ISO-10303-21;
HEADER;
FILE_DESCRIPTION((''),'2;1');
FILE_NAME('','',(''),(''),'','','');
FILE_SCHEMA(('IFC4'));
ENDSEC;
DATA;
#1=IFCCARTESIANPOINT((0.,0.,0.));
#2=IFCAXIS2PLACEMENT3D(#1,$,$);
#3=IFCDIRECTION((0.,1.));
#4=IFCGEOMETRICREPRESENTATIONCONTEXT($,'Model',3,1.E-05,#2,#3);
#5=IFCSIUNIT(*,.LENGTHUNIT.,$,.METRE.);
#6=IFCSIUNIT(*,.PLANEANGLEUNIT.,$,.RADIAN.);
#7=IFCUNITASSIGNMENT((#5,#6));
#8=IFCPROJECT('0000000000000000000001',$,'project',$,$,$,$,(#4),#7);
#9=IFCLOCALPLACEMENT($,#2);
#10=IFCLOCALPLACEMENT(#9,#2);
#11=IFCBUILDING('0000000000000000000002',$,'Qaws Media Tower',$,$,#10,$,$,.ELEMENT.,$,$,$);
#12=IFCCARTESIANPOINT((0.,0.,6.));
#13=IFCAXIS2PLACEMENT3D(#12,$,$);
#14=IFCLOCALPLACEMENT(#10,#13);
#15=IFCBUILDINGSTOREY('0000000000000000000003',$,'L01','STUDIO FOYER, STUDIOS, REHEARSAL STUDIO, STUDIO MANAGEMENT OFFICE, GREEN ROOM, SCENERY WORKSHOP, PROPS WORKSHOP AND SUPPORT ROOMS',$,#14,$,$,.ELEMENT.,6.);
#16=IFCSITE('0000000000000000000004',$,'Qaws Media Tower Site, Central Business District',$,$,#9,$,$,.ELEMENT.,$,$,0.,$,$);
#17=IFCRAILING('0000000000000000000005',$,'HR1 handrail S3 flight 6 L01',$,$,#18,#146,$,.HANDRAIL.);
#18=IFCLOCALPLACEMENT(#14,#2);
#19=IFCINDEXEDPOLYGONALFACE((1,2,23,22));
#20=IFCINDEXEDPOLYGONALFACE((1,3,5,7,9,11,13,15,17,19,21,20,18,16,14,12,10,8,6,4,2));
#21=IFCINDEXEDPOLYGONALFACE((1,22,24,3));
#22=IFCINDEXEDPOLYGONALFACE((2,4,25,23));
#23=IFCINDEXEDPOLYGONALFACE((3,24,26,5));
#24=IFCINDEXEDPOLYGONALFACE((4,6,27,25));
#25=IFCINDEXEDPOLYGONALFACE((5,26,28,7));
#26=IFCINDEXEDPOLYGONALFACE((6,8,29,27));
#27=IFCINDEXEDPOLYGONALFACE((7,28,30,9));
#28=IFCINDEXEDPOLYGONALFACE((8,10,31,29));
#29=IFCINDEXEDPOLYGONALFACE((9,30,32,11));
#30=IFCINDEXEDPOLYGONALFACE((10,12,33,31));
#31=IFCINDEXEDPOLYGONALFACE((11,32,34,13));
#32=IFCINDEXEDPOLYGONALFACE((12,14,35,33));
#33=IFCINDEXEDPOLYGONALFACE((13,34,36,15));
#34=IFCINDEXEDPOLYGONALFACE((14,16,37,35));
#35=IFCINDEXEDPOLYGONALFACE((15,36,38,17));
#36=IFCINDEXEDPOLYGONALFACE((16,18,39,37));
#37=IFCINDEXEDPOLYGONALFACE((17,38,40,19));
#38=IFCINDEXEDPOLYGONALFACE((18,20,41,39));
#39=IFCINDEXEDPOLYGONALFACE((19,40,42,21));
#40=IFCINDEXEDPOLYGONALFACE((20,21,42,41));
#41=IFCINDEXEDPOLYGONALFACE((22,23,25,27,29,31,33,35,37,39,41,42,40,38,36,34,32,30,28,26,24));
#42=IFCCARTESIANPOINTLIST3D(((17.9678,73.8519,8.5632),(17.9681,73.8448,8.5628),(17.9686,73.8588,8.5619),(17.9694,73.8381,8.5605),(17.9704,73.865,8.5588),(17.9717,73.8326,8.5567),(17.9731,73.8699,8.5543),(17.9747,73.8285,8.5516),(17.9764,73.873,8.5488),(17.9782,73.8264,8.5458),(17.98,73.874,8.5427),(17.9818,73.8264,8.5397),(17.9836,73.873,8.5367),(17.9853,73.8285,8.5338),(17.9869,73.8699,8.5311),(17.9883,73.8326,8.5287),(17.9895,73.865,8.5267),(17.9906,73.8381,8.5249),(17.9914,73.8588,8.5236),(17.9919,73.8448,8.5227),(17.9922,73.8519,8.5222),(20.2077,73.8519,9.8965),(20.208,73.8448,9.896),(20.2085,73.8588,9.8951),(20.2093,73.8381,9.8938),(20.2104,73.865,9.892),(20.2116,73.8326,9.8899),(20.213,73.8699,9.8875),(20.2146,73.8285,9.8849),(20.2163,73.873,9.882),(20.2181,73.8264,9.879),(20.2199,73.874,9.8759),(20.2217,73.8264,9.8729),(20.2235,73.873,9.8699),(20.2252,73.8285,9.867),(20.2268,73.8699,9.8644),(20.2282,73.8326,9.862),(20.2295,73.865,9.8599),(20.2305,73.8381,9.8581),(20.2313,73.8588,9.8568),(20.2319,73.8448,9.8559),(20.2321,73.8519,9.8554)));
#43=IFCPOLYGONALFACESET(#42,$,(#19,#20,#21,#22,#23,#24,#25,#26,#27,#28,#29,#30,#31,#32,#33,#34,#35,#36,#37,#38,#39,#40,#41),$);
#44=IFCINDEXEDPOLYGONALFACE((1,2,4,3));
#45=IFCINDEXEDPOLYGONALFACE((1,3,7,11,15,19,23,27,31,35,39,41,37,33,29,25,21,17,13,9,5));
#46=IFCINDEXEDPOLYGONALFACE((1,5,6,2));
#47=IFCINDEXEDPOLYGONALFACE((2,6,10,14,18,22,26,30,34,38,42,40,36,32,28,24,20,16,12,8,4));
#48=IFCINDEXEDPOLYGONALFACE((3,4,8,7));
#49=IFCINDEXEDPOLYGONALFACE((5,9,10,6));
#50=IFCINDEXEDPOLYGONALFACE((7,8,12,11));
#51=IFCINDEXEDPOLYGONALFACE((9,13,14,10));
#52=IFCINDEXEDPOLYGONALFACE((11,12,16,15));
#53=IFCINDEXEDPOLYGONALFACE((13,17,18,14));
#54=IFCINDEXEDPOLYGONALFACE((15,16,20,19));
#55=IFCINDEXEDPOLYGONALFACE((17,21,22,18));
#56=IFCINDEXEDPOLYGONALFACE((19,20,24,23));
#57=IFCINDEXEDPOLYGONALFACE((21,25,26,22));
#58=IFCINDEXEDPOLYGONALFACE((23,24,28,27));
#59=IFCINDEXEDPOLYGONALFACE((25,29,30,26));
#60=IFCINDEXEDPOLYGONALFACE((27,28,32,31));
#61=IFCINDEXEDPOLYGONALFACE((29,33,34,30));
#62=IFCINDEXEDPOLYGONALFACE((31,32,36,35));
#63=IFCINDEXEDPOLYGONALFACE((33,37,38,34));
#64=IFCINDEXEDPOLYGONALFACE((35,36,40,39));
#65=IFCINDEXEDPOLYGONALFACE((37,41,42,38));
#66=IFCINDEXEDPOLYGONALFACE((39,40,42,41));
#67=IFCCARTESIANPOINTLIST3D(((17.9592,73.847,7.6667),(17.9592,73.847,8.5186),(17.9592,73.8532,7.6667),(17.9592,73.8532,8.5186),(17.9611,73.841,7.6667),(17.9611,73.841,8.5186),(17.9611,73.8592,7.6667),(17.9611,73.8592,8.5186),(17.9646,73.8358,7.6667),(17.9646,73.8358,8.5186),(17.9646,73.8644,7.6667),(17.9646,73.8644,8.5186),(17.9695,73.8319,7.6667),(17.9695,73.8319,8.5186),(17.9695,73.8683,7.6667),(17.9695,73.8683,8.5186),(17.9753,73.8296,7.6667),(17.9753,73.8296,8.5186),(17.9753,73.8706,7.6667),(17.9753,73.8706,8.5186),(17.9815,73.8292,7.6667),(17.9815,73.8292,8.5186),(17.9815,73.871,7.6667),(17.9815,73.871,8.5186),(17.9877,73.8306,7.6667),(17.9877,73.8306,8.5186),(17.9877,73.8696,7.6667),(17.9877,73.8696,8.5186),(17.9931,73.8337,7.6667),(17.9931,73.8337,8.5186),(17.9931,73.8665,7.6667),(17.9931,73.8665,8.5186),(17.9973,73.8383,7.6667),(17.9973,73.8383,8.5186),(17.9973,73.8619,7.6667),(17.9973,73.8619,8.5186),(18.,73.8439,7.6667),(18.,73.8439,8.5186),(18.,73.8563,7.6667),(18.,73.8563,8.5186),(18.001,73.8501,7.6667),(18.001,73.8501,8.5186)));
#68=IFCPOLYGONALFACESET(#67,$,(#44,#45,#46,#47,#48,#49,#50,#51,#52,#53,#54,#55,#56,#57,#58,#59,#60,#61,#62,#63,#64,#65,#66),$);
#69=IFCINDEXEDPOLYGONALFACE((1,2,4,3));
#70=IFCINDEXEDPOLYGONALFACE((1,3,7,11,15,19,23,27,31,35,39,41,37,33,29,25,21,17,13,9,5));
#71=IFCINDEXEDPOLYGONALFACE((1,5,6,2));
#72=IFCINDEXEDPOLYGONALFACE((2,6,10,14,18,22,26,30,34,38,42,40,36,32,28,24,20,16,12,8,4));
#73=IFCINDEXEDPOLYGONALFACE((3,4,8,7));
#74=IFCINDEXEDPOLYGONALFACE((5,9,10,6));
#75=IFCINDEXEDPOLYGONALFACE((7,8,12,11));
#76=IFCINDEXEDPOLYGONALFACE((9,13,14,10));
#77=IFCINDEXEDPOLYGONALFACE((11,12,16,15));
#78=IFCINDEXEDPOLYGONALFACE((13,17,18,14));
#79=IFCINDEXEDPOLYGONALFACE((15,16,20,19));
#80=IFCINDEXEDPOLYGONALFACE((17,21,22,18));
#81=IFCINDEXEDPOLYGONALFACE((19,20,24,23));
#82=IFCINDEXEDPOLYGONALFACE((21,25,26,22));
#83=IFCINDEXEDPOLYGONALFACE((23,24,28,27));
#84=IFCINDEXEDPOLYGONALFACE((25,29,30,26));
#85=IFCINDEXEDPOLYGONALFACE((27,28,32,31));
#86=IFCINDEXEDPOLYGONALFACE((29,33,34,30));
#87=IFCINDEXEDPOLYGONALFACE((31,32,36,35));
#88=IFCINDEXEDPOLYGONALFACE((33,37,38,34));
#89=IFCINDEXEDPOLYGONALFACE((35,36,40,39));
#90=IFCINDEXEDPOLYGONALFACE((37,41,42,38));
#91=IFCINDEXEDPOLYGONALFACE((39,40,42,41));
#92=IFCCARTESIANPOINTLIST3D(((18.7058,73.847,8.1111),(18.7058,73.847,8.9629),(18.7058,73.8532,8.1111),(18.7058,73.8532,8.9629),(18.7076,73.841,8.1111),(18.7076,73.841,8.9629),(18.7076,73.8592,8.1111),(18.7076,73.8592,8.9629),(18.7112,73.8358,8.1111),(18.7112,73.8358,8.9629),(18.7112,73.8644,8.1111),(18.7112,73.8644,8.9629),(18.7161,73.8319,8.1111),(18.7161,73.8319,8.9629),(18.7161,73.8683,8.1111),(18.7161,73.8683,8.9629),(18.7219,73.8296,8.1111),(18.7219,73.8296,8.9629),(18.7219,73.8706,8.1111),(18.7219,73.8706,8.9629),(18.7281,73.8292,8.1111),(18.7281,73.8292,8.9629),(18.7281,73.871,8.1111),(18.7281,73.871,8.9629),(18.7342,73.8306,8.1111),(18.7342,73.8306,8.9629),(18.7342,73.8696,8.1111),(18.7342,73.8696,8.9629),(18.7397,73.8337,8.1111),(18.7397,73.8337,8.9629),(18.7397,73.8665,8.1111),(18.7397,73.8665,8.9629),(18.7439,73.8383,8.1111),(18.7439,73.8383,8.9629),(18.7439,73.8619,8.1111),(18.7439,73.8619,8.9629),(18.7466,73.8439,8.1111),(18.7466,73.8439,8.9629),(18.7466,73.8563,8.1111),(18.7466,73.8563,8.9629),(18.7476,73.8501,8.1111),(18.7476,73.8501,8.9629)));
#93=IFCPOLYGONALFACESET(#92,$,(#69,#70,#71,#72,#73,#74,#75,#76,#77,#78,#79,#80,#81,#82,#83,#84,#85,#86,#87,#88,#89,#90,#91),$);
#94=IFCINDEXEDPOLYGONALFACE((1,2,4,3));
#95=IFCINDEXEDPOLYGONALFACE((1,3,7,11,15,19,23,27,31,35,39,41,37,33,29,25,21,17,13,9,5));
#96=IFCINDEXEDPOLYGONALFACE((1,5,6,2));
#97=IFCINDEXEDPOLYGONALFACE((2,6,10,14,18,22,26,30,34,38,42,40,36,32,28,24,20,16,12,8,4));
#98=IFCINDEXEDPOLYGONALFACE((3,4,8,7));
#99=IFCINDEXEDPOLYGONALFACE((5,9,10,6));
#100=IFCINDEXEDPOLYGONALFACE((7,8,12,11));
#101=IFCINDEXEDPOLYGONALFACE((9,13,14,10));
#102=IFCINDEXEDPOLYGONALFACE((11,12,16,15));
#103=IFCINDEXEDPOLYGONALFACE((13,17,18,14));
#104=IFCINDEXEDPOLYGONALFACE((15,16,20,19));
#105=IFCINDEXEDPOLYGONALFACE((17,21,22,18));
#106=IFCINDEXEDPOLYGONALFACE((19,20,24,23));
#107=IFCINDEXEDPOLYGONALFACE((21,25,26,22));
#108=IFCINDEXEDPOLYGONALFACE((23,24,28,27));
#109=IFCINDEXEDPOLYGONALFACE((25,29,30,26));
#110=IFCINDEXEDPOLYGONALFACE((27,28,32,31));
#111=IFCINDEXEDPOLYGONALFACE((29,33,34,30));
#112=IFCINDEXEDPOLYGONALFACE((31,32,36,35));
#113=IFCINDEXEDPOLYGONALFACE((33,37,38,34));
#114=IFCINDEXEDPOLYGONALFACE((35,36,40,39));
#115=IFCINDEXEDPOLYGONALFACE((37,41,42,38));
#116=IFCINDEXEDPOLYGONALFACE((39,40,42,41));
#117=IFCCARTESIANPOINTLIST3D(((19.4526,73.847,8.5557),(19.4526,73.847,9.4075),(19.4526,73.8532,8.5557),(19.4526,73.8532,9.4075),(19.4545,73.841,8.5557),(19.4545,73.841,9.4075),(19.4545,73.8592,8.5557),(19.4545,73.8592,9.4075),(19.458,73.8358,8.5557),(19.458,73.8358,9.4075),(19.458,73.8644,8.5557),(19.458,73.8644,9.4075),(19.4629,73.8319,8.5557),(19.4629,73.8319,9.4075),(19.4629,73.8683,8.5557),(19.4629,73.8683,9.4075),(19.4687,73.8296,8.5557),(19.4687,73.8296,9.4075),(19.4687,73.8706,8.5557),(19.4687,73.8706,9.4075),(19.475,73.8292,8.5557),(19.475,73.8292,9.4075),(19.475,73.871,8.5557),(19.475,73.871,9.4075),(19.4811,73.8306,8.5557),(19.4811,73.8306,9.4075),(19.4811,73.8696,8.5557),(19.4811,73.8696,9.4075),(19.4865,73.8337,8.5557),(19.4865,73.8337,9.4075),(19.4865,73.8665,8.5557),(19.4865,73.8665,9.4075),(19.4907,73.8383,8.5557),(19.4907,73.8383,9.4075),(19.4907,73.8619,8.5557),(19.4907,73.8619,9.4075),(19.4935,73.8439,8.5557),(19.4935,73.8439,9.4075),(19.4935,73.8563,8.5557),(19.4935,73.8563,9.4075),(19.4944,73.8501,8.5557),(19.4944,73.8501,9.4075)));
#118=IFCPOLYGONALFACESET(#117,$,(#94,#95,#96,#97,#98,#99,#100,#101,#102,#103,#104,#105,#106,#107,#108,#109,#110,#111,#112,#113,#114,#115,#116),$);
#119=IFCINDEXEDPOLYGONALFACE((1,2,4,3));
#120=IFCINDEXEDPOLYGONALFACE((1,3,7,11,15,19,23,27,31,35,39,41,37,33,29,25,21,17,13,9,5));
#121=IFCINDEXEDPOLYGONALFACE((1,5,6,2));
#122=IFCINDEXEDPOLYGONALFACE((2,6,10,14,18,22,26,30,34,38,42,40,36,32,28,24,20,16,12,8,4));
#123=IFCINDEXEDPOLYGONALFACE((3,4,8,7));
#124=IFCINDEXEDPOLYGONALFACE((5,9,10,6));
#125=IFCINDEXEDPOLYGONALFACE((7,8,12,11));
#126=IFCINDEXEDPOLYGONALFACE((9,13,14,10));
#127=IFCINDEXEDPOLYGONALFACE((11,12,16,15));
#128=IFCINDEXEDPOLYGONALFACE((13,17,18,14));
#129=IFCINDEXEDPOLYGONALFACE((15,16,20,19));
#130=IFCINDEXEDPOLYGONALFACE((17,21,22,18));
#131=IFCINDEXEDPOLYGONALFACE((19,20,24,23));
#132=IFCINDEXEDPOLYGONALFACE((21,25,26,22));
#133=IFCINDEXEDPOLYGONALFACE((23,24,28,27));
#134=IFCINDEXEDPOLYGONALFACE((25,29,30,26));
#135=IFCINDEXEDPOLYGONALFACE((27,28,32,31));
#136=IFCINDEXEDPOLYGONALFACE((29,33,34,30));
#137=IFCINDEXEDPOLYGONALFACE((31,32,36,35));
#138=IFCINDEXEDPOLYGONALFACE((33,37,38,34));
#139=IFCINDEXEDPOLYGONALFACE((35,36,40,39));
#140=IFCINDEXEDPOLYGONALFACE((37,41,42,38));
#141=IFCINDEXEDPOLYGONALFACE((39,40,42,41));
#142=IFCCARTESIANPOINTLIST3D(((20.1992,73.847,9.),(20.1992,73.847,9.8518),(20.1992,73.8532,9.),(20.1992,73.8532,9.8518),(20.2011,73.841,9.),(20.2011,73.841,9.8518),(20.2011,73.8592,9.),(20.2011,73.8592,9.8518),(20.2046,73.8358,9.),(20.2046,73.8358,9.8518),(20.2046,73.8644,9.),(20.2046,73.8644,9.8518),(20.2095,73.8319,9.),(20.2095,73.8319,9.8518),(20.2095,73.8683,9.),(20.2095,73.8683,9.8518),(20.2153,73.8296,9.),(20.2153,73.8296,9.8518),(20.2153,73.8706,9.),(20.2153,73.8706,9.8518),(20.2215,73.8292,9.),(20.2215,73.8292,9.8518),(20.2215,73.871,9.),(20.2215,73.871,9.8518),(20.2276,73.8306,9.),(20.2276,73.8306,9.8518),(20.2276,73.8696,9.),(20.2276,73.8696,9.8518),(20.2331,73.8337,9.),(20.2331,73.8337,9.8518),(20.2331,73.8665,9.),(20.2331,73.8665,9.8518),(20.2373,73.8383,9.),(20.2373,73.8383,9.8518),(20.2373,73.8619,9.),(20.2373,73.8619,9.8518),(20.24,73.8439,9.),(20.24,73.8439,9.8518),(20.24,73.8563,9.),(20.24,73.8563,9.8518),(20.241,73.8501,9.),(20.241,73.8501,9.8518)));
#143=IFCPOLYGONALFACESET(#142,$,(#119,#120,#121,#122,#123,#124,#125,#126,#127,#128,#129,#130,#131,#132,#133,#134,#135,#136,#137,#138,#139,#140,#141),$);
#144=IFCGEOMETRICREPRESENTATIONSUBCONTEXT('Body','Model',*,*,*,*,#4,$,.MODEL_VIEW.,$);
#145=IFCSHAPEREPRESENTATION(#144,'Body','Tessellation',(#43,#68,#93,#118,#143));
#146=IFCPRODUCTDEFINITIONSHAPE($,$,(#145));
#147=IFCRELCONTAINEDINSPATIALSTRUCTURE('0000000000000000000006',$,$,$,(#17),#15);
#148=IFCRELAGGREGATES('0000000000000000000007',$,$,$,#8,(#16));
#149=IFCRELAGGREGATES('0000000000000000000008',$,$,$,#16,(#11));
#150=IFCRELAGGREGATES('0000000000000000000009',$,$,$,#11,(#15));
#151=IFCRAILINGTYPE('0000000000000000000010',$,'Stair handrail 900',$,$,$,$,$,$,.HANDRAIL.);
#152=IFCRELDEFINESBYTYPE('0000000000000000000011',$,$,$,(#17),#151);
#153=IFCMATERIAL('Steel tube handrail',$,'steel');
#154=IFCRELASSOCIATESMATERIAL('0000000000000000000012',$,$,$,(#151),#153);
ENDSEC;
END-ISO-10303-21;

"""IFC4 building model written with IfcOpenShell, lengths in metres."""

from ifc_helpers import new_model, si_unit, direction, frame, origin, origin_2d, place, context, subcontext, project, spatial, circle, extrude, material, type_object, element, save


model = new_model("IFC4")

# Units and contexts
model_context = context("Model", 3, precision=1e-05, world=origin(), true_north=direction((0.0, 1.0)))
body_context = subcontext(model_context, "Body", "Model", "MODEL_VIEW")
ifc_project = project(units=[si_unit("LENGTHUNIT", "METRE"), si_unit("PLANEANGLEUNIT", "RADIAN")], contexts=[model_context])

# Site, building, storey
site_placement = place(None, origin())
site = spatial("IfcSite", under=ifc_project, at=site_placement, Name="Qaws Media Tower Site, Central Business District", CompositionType="ELEMENT", RefElevation=0.0)
building_placement = place(site_placement, origin())
building = spatial("IfcBuilding", under=site, at=building_placement, Name="Qaws Media Tower", CompositionType="ELEMENT")
storey_placement = place(building_placement, frame((0.0, 0.0, 6.0)))
storey = spatial("IfcBuildingStorey", under=building, at=storey_placement, Name="L01", Description="STUDIO FOYER, STUDIOS, REHEARSAL STUDIO, STUDIO MANAGEMENT OFFICE, GREEN ROOM, SCENERY WORKSHOP, PROPS WORKSHOP AND SUPPORT ROOMS", CompositionType="ELEMENT", Elevation=6.0)

# Railing
ifc_material_1 = material(Name="Steel tube handrail", Category="steel")
railing_type = type_object("IfcRailingType", Name="Stair handrail 900", PredefinedType="HANDRAIL", material=ifc_material_1)
for number, where, name in (
    (1, (17.98, 73.8501, 7.6667), "HR1 handrail S3 flight 6 L01"),
):
    element("IfcRailing", number, at=place(storey_placement, frame(where)), inside=storey, type_object=railing_type, Name=name, PredefinedType="HANDRAIL", context=body_context, shape_type="SweptSolid", body=[
        extrude(circle(Radius=0.0239, at=origin_2d()), frame((0.0, 0.0, 0.876), z_axis=(0.859306, 0.0, 0.511462), x_axis=(0.0, 1.0, 0.0)), (0.0, 0.0, 1.0), 2.6067),
        extrude(circle(Radius=0.021, at=origin_2d()), origin(), (0.0, 0.0, 1.0), 0.8518),
        extrude(circle(Radius=0.021, at=origin_2d()), frame((0.7466, 0.0, 0.4443)), (0.0, 0.0, 1.0), 0.8518),
        extrude(circle(Radius=0.021, at=origin_2d()), frame((1.4934, 0.0, 0.8889)), (0.0, 0.0, 1.0), 0.8518),
        extrude(circle(Radius=0.021, at=origin_2d()), frame((2.24, 0.0, 1.3333)), (0.0, 0.0, 1.0), 0.8518),
    ])

save(model, "model.ifc")
